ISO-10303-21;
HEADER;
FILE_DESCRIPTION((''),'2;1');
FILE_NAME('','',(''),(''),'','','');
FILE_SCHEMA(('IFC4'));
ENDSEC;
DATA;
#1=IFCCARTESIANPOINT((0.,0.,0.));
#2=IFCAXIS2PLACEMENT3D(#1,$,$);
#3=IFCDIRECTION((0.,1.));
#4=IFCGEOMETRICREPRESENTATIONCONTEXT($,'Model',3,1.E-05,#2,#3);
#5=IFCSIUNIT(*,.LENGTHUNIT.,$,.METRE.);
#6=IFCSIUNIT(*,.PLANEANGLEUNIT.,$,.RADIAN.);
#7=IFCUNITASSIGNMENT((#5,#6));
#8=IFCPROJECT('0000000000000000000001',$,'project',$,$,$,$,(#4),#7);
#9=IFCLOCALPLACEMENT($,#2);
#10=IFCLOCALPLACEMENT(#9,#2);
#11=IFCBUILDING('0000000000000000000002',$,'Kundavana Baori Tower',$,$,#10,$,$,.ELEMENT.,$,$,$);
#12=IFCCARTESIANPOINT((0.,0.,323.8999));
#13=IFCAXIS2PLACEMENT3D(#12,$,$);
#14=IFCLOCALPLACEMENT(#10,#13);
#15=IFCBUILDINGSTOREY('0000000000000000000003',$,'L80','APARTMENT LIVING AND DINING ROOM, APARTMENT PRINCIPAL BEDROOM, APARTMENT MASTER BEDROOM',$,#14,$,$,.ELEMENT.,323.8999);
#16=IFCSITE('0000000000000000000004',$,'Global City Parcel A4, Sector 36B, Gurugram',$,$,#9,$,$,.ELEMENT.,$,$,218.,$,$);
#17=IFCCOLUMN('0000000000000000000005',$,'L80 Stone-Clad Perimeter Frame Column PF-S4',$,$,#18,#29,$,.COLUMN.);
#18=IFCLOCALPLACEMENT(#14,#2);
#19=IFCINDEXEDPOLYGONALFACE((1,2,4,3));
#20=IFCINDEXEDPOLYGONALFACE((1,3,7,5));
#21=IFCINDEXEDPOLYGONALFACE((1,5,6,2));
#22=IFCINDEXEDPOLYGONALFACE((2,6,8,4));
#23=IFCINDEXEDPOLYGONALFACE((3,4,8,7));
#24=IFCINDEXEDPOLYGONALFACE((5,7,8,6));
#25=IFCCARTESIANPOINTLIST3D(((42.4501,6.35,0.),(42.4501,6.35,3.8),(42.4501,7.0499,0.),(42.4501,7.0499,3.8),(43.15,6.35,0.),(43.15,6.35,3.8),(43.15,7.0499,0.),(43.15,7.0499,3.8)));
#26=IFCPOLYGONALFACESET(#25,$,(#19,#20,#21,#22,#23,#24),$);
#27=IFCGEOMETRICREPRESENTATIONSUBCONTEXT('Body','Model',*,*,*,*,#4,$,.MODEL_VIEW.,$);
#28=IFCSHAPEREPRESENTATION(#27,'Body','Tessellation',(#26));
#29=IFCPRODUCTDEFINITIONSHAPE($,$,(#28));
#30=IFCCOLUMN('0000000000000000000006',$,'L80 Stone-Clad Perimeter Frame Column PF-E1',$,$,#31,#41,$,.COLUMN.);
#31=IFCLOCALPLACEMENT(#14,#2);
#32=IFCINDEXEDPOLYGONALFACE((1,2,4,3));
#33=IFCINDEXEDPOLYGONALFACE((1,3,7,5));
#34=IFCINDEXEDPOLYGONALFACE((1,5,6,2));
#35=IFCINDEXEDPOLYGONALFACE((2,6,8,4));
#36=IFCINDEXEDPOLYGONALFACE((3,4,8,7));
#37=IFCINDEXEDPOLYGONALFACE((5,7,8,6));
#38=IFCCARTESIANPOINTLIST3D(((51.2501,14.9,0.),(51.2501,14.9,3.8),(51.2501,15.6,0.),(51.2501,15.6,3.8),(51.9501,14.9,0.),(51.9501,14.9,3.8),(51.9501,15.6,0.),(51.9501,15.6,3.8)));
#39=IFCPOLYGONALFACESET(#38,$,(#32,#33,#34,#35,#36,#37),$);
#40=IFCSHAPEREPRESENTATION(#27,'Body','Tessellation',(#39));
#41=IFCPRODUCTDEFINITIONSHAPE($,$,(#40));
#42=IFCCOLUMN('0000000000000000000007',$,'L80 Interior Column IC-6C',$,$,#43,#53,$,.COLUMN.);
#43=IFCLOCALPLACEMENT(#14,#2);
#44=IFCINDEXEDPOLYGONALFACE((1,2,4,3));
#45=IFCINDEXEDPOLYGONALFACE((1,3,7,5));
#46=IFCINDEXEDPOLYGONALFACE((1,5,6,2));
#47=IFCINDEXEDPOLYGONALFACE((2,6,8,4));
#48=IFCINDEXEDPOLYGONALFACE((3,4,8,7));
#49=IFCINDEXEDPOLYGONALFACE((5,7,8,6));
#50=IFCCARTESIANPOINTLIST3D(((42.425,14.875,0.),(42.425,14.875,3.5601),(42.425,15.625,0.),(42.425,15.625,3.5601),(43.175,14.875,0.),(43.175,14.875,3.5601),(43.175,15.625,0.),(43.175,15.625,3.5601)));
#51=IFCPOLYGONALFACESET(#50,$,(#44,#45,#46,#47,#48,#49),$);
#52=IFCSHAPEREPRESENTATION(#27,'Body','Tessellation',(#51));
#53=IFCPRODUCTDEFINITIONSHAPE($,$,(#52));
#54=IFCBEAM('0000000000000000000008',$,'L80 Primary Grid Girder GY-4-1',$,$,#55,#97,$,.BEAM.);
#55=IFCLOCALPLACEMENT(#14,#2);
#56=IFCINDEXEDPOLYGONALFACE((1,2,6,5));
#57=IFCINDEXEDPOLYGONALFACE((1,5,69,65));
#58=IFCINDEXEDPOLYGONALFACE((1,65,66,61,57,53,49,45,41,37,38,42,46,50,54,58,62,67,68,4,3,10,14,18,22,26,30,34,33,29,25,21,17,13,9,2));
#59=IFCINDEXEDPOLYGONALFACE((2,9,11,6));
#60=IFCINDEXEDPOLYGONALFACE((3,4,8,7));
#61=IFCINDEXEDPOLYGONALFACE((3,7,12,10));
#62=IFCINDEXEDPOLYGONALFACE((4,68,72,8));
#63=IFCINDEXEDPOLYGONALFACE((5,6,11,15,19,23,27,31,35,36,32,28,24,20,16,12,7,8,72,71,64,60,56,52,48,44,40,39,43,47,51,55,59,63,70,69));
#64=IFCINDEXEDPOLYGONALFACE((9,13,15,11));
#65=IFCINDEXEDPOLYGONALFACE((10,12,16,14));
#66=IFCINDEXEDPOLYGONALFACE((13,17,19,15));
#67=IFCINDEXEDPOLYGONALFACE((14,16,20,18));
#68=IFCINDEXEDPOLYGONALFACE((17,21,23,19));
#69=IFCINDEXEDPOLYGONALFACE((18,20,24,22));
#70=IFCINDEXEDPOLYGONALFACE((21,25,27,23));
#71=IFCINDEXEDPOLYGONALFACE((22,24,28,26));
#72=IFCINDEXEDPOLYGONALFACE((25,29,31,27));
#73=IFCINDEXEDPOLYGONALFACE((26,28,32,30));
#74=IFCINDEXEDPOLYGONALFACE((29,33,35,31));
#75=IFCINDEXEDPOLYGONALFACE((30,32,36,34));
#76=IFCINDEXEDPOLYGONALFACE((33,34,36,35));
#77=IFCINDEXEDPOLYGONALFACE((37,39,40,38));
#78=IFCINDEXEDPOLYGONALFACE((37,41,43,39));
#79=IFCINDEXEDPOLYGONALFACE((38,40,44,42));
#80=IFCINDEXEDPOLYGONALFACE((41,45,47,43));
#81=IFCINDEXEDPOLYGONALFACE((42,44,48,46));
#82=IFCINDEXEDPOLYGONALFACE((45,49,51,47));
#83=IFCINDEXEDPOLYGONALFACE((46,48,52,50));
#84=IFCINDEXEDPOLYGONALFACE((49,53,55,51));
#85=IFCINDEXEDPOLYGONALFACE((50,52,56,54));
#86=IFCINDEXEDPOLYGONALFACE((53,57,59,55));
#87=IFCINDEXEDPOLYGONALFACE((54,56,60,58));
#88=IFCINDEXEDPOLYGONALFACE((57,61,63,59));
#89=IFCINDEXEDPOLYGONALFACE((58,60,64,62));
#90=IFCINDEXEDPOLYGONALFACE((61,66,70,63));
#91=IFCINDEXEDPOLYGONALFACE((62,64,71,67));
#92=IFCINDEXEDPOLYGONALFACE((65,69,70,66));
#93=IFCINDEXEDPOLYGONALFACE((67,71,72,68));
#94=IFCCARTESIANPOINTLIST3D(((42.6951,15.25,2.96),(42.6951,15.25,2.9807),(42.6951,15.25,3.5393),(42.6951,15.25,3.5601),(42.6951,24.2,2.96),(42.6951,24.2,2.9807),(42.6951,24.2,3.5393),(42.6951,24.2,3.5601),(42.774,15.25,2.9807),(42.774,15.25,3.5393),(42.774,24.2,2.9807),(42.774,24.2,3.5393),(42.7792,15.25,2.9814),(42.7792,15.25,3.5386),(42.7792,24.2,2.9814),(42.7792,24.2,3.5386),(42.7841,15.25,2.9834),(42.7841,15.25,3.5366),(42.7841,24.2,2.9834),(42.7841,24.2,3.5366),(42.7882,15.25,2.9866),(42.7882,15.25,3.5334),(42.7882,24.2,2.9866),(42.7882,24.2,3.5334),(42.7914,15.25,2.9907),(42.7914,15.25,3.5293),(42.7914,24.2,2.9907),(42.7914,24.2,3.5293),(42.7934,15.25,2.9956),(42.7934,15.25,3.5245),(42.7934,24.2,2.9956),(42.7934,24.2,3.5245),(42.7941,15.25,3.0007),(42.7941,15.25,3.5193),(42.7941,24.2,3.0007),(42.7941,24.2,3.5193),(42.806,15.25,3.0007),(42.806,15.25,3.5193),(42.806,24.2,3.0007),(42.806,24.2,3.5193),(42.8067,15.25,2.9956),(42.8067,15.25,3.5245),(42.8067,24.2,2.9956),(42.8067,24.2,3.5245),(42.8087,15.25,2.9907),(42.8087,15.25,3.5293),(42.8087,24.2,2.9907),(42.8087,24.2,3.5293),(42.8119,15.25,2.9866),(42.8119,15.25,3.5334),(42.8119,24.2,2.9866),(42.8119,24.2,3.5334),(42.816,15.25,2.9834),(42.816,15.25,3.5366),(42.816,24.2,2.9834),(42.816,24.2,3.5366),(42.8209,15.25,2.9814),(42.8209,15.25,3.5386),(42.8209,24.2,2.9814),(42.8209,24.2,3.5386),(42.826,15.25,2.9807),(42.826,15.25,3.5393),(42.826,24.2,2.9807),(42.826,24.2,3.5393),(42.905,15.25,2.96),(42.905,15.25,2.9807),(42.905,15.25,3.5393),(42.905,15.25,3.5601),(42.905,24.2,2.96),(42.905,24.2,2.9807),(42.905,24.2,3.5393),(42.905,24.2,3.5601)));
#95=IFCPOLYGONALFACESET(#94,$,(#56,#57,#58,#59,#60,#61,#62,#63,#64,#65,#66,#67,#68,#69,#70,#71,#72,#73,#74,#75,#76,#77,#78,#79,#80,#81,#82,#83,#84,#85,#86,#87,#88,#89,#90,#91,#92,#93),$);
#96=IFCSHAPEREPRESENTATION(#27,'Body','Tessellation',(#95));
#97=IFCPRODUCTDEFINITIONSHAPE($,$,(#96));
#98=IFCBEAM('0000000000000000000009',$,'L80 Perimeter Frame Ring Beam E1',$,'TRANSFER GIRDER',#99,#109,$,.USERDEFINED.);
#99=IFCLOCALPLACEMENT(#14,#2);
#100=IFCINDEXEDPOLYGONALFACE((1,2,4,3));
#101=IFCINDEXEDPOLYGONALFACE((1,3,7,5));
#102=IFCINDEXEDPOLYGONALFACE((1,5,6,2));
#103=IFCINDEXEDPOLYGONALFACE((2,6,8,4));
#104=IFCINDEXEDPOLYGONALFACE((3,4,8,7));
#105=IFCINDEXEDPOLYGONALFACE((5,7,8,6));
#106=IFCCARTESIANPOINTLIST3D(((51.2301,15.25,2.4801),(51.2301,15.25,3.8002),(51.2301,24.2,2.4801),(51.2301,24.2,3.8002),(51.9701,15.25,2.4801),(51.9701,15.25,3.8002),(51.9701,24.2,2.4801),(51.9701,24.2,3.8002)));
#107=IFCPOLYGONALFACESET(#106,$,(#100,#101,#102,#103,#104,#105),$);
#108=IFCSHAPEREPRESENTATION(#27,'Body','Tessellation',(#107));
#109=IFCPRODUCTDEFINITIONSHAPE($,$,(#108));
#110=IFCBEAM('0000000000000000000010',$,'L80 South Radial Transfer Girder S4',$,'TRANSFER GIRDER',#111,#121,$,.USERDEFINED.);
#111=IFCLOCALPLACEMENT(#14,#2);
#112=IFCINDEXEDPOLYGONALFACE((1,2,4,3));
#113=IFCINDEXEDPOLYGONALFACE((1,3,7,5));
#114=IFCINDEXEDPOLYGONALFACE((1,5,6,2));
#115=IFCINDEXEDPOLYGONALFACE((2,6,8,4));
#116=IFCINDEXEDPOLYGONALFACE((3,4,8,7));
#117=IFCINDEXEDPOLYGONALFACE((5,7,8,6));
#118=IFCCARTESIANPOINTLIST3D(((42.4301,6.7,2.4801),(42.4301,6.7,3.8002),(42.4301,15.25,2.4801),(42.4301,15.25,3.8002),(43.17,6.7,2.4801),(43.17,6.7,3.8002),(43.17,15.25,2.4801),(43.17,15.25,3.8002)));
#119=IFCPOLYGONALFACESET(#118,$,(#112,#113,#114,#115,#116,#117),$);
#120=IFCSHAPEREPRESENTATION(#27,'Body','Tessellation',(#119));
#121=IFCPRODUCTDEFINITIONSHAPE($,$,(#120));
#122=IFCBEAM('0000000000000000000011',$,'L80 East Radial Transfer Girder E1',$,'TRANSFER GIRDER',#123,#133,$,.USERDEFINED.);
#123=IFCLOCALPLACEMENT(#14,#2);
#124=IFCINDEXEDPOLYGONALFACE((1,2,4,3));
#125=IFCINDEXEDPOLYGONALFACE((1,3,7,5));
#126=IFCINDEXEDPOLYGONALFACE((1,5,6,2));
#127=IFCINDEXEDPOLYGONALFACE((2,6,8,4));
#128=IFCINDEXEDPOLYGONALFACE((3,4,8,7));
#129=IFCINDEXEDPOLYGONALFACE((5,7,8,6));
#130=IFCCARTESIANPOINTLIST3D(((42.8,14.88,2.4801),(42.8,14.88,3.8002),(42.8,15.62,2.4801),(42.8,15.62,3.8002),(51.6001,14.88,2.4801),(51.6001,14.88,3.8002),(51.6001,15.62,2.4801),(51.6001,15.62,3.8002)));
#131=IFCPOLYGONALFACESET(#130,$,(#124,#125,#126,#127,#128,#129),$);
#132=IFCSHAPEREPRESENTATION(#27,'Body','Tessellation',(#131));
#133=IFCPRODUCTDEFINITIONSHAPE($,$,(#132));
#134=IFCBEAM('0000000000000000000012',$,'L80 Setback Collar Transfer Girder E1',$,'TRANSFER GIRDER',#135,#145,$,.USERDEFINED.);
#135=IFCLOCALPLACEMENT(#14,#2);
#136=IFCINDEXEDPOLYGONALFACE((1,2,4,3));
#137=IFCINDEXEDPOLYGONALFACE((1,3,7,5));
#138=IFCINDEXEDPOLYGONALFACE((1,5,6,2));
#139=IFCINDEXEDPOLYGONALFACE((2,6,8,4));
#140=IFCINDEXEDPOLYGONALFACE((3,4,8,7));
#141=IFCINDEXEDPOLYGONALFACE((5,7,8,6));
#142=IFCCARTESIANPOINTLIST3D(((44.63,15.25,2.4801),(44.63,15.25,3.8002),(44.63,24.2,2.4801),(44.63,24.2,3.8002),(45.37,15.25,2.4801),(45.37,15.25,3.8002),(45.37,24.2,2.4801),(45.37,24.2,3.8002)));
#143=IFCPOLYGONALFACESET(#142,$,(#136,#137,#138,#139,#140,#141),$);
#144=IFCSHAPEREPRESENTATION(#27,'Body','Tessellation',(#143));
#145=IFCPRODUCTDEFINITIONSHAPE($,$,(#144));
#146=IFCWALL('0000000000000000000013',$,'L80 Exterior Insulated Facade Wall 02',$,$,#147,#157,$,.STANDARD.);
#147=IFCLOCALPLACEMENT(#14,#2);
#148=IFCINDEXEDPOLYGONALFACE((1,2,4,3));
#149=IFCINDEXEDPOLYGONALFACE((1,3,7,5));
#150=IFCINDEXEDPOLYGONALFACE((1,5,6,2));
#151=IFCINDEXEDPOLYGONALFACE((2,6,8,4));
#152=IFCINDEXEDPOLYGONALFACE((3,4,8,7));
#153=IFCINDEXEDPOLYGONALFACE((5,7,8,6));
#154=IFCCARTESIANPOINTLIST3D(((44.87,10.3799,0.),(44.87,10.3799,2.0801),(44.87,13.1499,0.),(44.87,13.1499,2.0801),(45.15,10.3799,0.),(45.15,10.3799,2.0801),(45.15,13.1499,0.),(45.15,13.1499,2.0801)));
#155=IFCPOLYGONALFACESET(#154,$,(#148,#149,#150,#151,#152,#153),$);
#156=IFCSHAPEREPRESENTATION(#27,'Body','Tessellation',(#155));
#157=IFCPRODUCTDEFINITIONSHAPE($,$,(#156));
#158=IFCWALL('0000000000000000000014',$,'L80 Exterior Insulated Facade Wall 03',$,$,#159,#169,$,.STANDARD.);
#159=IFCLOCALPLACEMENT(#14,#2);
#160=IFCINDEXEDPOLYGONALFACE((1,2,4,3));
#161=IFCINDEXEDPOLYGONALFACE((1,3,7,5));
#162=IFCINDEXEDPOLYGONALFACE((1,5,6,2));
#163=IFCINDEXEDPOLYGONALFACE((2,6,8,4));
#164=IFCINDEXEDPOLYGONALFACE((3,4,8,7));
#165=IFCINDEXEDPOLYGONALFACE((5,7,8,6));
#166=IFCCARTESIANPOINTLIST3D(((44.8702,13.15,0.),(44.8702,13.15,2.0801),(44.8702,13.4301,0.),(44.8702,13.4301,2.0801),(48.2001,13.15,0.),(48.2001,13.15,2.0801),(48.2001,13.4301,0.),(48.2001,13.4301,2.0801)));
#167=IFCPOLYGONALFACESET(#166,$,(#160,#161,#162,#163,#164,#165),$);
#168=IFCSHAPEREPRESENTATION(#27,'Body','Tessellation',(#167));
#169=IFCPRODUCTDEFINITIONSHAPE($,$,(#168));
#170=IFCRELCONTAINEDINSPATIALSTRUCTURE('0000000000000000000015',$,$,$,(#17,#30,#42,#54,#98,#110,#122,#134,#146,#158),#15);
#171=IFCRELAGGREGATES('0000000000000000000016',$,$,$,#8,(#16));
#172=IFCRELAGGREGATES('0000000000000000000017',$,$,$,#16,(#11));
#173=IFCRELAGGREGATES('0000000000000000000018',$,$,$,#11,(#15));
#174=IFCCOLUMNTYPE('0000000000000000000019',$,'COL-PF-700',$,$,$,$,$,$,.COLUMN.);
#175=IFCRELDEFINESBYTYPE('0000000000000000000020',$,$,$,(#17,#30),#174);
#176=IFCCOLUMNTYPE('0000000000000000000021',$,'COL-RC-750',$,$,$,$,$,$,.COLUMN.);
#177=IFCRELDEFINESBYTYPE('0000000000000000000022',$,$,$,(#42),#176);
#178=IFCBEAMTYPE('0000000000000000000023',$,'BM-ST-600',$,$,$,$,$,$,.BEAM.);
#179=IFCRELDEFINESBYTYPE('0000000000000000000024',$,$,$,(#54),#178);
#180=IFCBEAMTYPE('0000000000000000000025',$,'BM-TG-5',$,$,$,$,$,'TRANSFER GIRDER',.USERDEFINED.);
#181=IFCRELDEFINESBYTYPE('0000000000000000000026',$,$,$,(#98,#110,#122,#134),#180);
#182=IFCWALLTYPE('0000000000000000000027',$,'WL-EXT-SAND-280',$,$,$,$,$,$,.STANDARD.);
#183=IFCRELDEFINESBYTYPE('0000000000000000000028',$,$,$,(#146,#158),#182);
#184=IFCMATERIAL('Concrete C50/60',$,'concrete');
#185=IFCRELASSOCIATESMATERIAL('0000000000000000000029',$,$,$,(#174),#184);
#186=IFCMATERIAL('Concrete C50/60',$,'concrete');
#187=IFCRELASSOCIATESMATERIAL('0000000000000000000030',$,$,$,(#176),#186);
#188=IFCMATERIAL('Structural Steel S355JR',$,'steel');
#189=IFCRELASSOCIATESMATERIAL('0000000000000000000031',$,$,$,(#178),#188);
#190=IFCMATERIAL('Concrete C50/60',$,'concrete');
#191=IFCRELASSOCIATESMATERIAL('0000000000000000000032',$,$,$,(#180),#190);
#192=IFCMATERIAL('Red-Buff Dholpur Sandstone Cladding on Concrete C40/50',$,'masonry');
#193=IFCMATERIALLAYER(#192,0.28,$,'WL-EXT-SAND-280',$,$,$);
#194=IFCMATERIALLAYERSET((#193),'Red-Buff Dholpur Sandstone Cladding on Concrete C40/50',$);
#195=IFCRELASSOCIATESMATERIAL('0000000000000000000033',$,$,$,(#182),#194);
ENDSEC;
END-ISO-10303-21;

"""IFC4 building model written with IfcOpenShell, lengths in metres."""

from ifc_helpers import new_model, si_unit, direction, frame, frame_2d, origin, origin_2d, place, context, subcontext, project, spatial, rectangle, i_section, extrude, material, layer, layer_set, material_profile, profile_set, type_object, element, save


model = new_model("IFC4")

# Units and contexts
model_context = context("Model", 3, precision=1e-05, world=origin(), true_north=direction((0.0, 1.0)))
body_context = subcontext(model_context, "Body", "Model", "MODEL_VIEW")
ifc_project = project(units=[si_unit("LENGTHUNIT", "METRE"), si_unit("PLANEANGLEUNIT", "RADIAN")], contexts=[model_context])

# Site, building, storey
site_placement = place(None, origin())
site = spatial("IfcSite", under=ifc_project, at=site_placement, Name="Global City Parcel A4, Sector 36B, Gurugram", CompositionType="ELEMENT", RefElevation=218.0)
building_placement = place(site_placement, origin())
building = spatial("IfcBuilding", under=site, at=building_placement, Name="Kundavana Baori Tower", CompositionType="ELEMENT")
storey_placement = place(building_placement, frame((0.0, 0.0, 323.8999)))
storey = spatial("IfcBuildingStorey", under=building, at=storey_placement, Name="L80", Description="APARTMENT LIVING AND DINING ROOM, APARTMENT PRINCIPAL BEDROOM, APARTMENT MASTER BEDROOM", CompositionType="ELEMENT", Elevation=323.8999)

# Columns
ifc_material_1 = material(Name="Concrete C50/60", Category="concrete")
ifc_material_profile_1 = material_profile(ifc_material_1, rectangle(XDim=0.7, YDim=0.7, at=origin_2d()), Name="RC PF 700x700")
ifc_profile_set_1 = profile_set([ifc_material_profile_1], Name="Concrete C50/60")
column_type_1 = type_object("IfcColumnType", Name="COL-PF-700", PredefinedType="COLUMN", material=ifc_profile_set_1)
for number, where, z_axis, x_axis, name in (
    (1, (42.8, 6.7, 0.0), (0.0, 0.0, 1.0), (1.0, 0.0, 0.0), "L80 Stone-Clad Perimeter Frame Column PF-S4"),
    (2, (51.6001, 15.25, 0.0), (0.0, 0.0, 1.0), (1.0, 0.0, 0.0), "L80 Stone-Clad Perimeter Frame Column PF-E1"),
):
    element("IfcColumn", number, at=place(storey_placement, frame(where, z_axis=z_axis, x_axis=x_axis)), inside=storey, type_object=column_type_1, Name=name, PredefinedType="COLUMN", context=body_context, shape_type="SweptSolid", body=[
        extrude(rectangle(XDim=0.7, YDim=0.7, at=origin_2d()), origin(), (0.0, 0.0, 1.0), 3.8),
    ])
ifc_material_2 = material(Name="Concrete C50/60", Category="concrete")
ifc_material_profile_2 = material_profile(ifc_material_2, rectangle(XDim=0.75, YDim=0.75, at=origin_2d()), Name="RC 750x750")
ifc_profile_set_2 = profile_set([ifc_material_profile_2], Name="Concrete C50/60")
column_type_2 = type_object("IfcColumnType", Name="COL-RC-750", PredefinedType="COLUMN", material=ifc_profile_set_2)
column_placement = place(storey_placement, frame((42.8, 15.25, 0.0), z_axis=(0.0, 0.0, 1.0), x_axis=(1.0, 0.0, 0.0)))
element("IfcColumn", 3, at=column_placement, inside=storey, type_object=column_type_2, Name="L80 Interior Column IC-6C", PredefinedType="COLUMN", context=body_context, shape_type="SweptSolid", body=[
    extrude(rectangle(XDim=0.75, YDim=0.75, at=origin_2d()), origin(), (0.0, 0.0, 1.0), 3.5601),
])

# Beams
ifc_material_3 = material(Name="Structural Steel S355JR", Category="steel")
ifc_material_profile_3 = material_profile(ifc_material_3, i_section(OverallWidth=0.21, OverallDepth=0.6001, WebThickness=0.012, FlangeThickness=0.0208, FilletRadius=0.02, at=origin_2d()), Name="ISMB 600")
ifc_profile_set_3 = profile_set([ifc_material_profile_3], Name="Structural Steel S355JR")
beam_type_1 = type_object("IfcBeamType", Name="BM-ST-600", PredefinedType="BEAM", material=ifc_profile_set_3)
beam_1_placement = place(storey_placement, frame((42.8, 15.25, 3.26), z_axis=(0.0, 1.0, 0.0), x_axis=(-1.0, 0.0, 0.0)))
element("IfcBeam", 4, at=beam_1_placement, inside=storey, type_object=beam_type_1, Name="L80 Primary Grid Girder GY-4-1", PredefinedType="BEAM", context=body_context, shape_type="SweptSolid", body=[
    extrude(i_section(OverallWidth=0.21, OverallDepth=0.6001, WebThickness=0.012, FlangeThickness=0.0208, FilletRadius=0.02, at=origin_2d()), origin(), (0.0, 0.0, 1.0), 8.95),
])
ifc_material_4 = material(Name="Concrete C50/60", Category="concrete")
ifc_material_profile_4 = material_profile(ifc_material_4, rectangle(XDim=0.74, YDim=1.3201, at=origin_2d()), Name="BM-TG-5")
ifc_profile_set_4 = profile_set([ifc_material_profile_4], Name="Concrete C50/60")
beam_type_2 = type_object("IfcBeamType", Name="BM-TG-5", ElementType="TRANSFER GIRDER", PredefinedType="USERDEFINED", material=ifc_profile_set_4)
beam_2_placement = place(storey_placement, frame((51.6001, 15.25, 3.1401), z_axis=(0.0, 1.0, 0.0), x_axis=(-1.0, 0.0, 0.0)))
element("IfcBeam", 5, at=beam_2_placement, inside=storey, type_object=beam_type_2, Name="L80 Perimeter Frame Ring Beam E1", ObjectType="TRANSFER GIRDER", PredefinedType="USERDEFINED", context=body_context, shape_type="SweptSolid", body=[
    extrude(rectangle(XDim=0.74, YDim=1.3201, at=origin_2d()), origin(), (0.0, 0.0, 1.0), 8.95),
])
beam_3_placement = place(storey_placement, frame((42.8, 15.25, 3.1401), z_axis=(0.0, -1.0, 0.0), x_axis=(1.0, 0.0, 0.0)))
element("IfcBeam", 6, at=beam_3_placement, inside=storey, type_object=beam_type_2, Name="L80 South Radial Transfer Girder S4", ObjectType="TRANSFER GIRDER", PredefinedType="USERDEFINED", context=body_context, shape_type="SweptSolid", body=[
    extrude(rectangle(XDim=0.74, YDim=1.3201, at=origin_2d()), origin(), (0.0, 0.0, 1.0), 8.55),
])
beam_4_placement = place(storey_placement, frame((42.8, 15.25, 3.1401), z_axis=(1.0, 0.0, 0.0), x_axis=(0.0, 1.0, 0.0)))
element("IfcBeam", 7, at=beam_4_placement, inside=storey, type_object=beam_type_2, Name="L80 East Radial Transfer Girder E1", ObjectType="TRANSFER GIRDER", PredefinedType="USERDEFINED", context=body_context, shape_type="SweptSolid", body=[
    extrude(rectangle(XDim=0.74, YDim=1.3201, at=origin_2d()), origin(), (0.0, 0.0, 1.0), 8.8),
])
beam_5_placement = place(storey_placement, frame((45.0, 15.25, 3.1401), z_axis=(0.0, 1.0, 0.0), x_axis=(-1.0, 0.0, 0.0)))
element("IfcBeam", 8, at=beam_5_placement, inside=storey, type_object=beam_type_2, Name="L80 Setback Collar Transfer Girder E1", ObjectType="TRANSFER GIRDER", PredefinedType="USERDEFINED", context=body_context, shape_type="SweptSolid", body=[
    extrude(rectangle(XDim=0.74, YDim=1.3201, at=origin_2d()), origin(), (0.0, 0.0, 1.0), 8.95),
])

# Walls
ifc_material_5 = material(Name="Red-Buff Dholpur Sandstone Cladding on Concrete C40/50", Category="masonry")
ifc_layer_1 = layer(ifc_material_5, 0.28, Name="WL-EXT-SAND-280")
ifc_layer_set_1 = layer_set([ifc_layer_1], Name="Red-Buff Dholpur Sandstone Cladding on Concrete C40/50")
wall_type_1 = type_object("IfcWallType", Name="WL-EXT-SAND-280", PredefinedType="STANDARD", material=ifc_layer_set_1)
wall_1_placement = place(storey_placement, frame((45.01, 10.3799, 0.0), z_axis=(0.0, 0.0, 1.0), x_axis=(0.0, 1.0, 0.0)))
element("IfcWall", 9, at=wall_1_placement, inside=storey, type_object=wall_type_1, Name="L80 Exterior Insulated Facade Wall 02", PredefinedType="STANDARD", context=body_context, shape_type="SweptSolid", body=[
    extrude(rectangle(XDim=2.77, YDim=0.28, at=frame_2d((1.385, 0.0))), origin(), (0.0, 0.0, 1.0), 2.0801),
])
wall_2_placement = place(storey_placement, frame((44.8701, 13.29, 0.0), z_axis=(0.0, 0.0, 1.0), x_axis=(1.0, 0.0, 0.0)))
element("IfcWall", 10, at=wall_2_placement, inside=storey, type_object=wall_type_1, Name="L80 Exterior Insulated Facade Wall 03", PredefinedType="STANDARD", context=body_context, shape_type="SweptSolid", body=[
    extrude(rectangle(XDim=3.3298, YDim=0.28, at=frame_2d((1.665, 0.0))), origin(), (0.0, 0.0, 1.0), 2.0801),
])

save(model, "model.ifc")
